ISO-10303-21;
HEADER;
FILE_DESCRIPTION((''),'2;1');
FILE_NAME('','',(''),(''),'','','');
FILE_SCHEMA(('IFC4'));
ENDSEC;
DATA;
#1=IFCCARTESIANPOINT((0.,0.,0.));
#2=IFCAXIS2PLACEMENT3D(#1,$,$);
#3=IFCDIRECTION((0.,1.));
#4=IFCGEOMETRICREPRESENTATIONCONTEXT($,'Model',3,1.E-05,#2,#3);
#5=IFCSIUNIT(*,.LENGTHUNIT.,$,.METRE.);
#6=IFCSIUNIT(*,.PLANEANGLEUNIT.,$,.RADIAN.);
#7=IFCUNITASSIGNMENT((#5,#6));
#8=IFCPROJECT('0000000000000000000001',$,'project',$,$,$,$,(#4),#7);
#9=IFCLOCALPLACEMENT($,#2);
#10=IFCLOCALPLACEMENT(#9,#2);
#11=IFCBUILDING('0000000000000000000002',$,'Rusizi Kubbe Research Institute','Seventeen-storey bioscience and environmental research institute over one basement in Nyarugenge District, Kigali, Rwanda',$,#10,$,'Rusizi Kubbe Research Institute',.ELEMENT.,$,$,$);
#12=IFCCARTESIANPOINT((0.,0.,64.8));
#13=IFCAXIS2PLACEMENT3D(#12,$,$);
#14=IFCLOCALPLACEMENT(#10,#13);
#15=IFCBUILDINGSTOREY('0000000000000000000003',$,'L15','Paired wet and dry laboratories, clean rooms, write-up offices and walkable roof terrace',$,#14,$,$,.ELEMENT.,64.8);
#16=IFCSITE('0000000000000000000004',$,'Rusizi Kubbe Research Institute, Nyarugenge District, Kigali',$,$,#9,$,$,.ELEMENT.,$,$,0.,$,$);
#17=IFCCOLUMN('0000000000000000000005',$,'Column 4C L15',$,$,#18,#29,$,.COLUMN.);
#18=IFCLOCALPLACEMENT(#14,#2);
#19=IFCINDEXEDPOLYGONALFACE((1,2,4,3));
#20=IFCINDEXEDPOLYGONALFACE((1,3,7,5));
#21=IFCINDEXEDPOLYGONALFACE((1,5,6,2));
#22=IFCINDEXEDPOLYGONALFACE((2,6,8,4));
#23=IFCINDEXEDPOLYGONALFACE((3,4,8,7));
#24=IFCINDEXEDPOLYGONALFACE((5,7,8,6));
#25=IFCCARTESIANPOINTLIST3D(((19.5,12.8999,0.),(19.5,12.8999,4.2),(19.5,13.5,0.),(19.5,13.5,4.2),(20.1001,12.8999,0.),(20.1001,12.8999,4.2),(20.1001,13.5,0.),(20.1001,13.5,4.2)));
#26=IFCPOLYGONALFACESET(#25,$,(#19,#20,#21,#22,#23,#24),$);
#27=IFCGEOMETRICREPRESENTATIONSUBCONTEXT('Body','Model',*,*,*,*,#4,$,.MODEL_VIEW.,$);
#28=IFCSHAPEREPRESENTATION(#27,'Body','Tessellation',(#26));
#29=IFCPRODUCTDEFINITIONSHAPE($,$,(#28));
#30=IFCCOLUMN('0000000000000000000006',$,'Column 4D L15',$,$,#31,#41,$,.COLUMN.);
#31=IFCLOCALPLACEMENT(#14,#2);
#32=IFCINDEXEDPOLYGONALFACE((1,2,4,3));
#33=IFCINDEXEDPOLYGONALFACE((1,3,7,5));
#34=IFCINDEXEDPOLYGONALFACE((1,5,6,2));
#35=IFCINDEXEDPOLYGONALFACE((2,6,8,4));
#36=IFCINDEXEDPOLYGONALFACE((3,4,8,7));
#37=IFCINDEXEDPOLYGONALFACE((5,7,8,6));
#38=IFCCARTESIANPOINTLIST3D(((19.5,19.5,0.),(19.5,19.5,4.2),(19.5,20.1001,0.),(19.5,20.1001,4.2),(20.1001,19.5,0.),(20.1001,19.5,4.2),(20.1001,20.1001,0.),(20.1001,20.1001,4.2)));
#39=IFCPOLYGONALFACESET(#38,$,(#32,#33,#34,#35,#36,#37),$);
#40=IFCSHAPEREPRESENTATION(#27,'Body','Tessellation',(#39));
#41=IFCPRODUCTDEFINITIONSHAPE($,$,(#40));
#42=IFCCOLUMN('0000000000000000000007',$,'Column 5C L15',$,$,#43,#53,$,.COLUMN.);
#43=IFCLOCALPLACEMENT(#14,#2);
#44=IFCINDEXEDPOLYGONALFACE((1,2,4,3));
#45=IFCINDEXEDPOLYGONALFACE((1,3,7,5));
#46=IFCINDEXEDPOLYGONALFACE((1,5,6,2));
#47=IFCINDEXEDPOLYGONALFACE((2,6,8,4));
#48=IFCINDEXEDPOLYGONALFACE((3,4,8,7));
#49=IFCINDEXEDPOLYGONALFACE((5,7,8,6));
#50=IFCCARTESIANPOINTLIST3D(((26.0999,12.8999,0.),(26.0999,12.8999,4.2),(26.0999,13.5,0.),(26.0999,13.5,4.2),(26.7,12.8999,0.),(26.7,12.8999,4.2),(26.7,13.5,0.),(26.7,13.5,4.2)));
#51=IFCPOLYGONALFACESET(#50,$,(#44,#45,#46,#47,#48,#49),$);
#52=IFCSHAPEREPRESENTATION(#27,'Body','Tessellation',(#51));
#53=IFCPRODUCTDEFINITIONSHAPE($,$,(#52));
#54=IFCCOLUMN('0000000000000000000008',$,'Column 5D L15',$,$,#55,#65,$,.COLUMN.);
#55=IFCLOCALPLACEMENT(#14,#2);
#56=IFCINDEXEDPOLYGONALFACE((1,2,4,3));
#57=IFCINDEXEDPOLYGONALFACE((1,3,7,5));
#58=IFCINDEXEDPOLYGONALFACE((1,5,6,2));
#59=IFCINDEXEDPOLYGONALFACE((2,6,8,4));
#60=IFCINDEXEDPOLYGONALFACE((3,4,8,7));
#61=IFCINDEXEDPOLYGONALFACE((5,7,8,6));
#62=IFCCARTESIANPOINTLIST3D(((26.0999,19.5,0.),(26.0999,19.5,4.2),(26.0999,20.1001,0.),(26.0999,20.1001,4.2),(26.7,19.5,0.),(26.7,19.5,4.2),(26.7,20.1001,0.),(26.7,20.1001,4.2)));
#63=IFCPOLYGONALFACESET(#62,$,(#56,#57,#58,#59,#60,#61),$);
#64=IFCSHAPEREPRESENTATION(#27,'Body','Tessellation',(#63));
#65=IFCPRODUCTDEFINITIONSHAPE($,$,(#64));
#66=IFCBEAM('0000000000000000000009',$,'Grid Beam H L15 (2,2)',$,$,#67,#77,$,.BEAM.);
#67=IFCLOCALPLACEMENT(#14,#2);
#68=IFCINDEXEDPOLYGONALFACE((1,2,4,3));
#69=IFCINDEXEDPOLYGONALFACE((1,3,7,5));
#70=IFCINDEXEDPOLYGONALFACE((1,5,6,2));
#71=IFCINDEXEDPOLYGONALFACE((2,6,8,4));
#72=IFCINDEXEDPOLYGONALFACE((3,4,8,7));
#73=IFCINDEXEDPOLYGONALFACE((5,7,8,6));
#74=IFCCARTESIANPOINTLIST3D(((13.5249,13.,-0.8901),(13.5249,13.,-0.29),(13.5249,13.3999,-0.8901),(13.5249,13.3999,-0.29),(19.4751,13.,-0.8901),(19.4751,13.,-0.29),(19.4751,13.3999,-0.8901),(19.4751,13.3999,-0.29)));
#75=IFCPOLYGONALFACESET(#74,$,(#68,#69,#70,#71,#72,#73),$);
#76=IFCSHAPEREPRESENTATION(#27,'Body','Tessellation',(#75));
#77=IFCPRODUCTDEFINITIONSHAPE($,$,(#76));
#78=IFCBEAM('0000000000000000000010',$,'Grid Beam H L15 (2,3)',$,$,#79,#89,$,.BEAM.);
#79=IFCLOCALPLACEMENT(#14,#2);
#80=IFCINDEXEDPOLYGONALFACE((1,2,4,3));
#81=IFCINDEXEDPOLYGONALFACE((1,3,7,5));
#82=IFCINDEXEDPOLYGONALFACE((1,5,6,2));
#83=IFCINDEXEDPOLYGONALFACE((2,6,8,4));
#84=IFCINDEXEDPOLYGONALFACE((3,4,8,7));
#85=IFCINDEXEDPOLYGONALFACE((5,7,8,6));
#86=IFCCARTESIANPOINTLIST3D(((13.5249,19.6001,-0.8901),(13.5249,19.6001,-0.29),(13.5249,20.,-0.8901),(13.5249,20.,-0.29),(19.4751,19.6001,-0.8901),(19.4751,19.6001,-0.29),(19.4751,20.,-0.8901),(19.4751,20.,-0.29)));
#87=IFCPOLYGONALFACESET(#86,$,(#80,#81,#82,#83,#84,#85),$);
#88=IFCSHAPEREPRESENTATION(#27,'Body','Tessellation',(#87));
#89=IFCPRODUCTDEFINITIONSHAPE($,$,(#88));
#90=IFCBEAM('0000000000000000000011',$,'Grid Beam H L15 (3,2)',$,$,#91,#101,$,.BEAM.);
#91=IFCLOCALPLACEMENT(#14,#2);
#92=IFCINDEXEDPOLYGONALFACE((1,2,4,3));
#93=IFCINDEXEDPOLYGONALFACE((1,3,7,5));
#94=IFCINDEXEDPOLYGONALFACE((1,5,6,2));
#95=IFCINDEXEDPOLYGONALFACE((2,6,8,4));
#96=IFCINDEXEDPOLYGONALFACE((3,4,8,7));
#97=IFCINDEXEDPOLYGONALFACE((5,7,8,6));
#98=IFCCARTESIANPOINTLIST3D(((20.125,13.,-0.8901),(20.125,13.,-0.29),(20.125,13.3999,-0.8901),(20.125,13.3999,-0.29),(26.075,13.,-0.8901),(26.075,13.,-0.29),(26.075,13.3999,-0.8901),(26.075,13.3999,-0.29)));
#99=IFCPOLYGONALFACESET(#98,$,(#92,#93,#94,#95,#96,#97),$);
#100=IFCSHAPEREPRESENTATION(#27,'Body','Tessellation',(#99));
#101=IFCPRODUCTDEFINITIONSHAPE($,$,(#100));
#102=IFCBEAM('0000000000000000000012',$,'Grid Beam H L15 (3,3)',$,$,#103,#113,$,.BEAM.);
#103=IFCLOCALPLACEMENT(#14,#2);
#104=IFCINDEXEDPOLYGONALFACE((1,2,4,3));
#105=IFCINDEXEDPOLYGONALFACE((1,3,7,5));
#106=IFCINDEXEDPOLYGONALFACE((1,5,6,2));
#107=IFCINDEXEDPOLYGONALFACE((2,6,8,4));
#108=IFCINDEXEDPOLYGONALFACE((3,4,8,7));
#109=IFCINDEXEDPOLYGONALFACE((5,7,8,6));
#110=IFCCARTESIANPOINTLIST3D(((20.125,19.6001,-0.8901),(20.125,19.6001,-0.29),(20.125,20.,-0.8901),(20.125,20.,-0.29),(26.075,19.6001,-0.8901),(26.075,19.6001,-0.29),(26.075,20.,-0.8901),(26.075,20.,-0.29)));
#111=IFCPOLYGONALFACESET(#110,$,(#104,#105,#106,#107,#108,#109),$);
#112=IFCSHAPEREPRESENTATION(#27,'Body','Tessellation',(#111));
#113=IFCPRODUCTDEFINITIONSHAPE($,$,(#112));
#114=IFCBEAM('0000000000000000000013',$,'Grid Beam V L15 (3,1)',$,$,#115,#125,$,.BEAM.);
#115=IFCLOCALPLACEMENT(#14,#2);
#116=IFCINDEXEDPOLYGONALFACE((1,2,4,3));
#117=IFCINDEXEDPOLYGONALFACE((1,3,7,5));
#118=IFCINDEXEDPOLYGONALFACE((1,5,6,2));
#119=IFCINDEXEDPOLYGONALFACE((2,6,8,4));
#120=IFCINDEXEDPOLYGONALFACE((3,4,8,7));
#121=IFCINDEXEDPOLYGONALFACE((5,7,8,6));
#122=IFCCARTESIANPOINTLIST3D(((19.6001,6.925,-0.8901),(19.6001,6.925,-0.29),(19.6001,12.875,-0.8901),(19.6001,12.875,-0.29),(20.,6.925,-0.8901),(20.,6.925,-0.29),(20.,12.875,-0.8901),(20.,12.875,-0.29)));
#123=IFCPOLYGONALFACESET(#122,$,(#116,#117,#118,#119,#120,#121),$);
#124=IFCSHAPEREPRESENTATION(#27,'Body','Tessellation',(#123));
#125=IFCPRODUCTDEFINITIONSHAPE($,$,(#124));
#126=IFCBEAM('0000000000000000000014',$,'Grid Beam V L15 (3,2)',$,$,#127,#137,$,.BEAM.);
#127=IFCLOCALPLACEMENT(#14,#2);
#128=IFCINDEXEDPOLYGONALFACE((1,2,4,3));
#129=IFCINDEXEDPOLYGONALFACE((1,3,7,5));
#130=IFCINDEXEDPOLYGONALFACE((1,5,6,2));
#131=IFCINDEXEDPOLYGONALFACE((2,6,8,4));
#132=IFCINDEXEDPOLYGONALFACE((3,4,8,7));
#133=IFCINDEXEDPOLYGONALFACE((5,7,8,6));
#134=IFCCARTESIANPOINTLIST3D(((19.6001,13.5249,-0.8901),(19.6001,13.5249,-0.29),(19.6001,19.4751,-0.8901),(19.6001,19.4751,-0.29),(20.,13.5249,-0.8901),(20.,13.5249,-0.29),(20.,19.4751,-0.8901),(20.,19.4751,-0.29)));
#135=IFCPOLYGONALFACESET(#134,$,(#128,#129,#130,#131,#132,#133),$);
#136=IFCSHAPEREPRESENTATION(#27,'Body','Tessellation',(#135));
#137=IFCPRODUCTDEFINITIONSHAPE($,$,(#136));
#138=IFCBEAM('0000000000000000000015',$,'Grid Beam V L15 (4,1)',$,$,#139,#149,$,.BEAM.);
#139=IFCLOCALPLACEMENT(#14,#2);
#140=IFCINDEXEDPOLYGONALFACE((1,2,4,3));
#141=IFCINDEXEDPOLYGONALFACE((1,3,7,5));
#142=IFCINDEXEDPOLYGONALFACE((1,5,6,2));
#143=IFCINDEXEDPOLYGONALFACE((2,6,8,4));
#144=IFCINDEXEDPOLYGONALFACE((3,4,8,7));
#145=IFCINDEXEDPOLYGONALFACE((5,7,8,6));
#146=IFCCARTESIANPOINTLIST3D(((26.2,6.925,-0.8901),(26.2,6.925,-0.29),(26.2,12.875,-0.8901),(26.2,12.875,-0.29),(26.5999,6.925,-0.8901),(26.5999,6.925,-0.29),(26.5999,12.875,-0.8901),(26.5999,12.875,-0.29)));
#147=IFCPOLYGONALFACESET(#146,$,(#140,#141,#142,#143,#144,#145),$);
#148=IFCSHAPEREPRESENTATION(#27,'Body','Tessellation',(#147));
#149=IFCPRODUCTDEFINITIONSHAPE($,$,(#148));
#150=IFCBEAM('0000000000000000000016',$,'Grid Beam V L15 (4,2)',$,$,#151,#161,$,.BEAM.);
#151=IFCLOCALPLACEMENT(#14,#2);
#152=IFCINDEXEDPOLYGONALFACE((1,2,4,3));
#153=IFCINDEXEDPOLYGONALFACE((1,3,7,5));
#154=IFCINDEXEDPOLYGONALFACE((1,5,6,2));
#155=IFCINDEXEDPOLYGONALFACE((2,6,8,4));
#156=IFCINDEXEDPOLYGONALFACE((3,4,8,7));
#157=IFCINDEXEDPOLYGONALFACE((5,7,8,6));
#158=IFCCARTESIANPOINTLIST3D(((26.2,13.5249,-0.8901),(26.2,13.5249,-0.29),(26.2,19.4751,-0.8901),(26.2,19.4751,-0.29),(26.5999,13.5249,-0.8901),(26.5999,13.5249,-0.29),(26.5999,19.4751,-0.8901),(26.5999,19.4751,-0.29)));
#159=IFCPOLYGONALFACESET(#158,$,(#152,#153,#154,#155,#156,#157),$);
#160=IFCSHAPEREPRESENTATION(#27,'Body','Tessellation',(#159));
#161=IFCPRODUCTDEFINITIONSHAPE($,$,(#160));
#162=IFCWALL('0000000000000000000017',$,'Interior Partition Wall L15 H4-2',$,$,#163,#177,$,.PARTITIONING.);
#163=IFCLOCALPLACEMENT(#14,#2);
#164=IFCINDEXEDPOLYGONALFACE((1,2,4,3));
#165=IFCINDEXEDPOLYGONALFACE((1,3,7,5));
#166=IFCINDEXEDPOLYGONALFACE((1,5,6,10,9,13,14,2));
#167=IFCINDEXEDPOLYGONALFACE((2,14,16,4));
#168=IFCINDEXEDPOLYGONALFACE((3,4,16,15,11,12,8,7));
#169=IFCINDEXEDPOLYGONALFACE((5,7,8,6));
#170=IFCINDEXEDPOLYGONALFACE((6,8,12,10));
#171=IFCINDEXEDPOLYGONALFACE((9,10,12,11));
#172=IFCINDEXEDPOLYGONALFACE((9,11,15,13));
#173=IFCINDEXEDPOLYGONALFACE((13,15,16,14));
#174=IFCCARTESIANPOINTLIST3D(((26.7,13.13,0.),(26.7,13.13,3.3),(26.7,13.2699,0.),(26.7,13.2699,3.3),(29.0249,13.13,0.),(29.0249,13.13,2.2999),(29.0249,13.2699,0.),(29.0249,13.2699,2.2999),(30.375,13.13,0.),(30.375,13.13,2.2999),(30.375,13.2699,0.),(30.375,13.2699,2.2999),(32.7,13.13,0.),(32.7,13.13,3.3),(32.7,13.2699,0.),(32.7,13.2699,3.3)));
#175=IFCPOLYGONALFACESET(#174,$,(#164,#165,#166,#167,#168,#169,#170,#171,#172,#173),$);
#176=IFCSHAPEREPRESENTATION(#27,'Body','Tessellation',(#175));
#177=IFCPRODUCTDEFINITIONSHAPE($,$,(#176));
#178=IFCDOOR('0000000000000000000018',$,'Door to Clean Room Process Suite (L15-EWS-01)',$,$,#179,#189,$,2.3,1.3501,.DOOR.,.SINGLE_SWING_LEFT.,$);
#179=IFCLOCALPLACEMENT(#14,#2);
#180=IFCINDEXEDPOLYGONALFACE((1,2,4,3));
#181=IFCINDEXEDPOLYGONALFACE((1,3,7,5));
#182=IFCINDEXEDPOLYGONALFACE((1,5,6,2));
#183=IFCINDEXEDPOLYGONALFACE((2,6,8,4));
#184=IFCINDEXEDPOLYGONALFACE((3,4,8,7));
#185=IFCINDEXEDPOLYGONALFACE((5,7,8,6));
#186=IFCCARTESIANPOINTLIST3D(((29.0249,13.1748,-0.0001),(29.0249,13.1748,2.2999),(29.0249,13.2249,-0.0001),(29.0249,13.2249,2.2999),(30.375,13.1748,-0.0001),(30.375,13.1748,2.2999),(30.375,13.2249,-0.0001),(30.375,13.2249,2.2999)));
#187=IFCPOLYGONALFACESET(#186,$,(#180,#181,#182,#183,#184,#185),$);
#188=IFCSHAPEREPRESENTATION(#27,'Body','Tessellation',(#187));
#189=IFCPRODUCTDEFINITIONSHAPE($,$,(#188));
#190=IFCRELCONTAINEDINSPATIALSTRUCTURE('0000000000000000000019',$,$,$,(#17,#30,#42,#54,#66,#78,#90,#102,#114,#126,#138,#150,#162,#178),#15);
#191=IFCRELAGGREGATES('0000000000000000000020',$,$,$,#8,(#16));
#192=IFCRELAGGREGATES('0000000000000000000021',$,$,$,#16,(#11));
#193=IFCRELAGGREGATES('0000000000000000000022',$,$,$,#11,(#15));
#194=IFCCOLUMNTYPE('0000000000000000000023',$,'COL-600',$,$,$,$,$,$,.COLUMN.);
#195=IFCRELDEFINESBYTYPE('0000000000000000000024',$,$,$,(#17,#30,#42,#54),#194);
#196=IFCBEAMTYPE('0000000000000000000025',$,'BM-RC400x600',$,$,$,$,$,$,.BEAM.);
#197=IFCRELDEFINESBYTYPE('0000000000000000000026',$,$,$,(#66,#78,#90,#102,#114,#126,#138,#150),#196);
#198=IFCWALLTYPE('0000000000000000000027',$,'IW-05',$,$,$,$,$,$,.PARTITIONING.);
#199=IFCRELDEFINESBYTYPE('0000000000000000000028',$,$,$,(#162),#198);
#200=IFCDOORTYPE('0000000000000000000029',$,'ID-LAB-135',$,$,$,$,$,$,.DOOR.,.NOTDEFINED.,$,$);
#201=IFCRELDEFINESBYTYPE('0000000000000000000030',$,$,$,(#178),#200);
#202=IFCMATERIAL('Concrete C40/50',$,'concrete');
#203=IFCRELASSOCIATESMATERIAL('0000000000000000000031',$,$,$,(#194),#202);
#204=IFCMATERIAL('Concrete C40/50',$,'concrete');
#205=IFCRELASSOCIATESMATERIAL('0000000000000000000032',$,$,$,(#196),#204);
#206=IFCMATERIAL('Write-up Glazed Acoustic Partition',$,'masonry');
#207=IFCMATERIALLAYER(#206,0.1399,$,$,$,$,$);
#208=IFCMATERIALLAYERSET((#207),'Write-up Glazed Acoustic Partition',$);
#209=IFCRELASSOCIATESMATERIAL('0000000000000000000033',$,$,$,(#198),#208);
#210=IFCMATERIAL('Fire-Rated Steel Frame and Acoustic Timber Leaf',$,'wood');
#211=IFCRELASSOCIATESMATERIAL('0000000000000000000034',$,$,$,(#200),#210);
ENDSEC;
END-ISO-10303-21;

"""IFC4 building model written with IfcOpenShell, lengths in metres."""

from ifc_helpers import new_model, si_unit, direction, frame, frame_2d, origin, origin_2d, place, context, subcontext, project, spatial, rectangle, extrude, material, layer, layer_set, material_profile, profile_set, type_object, element, fill, save


model = new_model("IFC4")

# Units and contexts
model_context = context("Model", 3, precision=1e-05, world=origin(), true_north=direction((0.0, 1.0)))
body_context = subcontext(model_context, "Body", "Model", "MODEL_VIEW")
ifc_project = project(units=[si_unit("LENGTHUNIT", "METRE"), si_unit("PLANEANGLEUNIT", "RADIAN")], contexts=[model_context])

# Site, building, storey
site_placement = place(None, origin())
site = spatial("IfcSite", under=ifc_project, at=site_placement, Name="Rusizi Kubbe Research Institute, Nyarugenge District, Kigali", CompositionType="ELEMENT", RefElevation=0.0)
building_placement = place(site_placement, origin())
building = spatial("IfcBuilding", under=site, at=building_placement, Name="Rusizi Kubbe Research Institute", Description="Seventeen-storey bioscience and environmental research institute over one basement in Nyarugenge District, Kigali, Rwanda", LongName="Rusizi Kubbe Research Institute", CompositionType="ELEMENT")
storey_placement = place(building_placement, frame((0.0, 0.0, 64.8)))
storey = spatial("IfcBuildingStorey", under=building, at=storey_placement, Name="L15", Description="Paired wet and dry laboratories, clean rooms, write-up offices and walkable roof terrace", CompositionType="ELEMENT", Elevation=64.8)

# Columns
ifc_material_1 = material(Name="Concrete C40/50", Category="concrete")
ifc_material_profile_1 = material_profile(ifc_material_1, rectangle(XDim=0.6001, YDim=0.6001, at=origin_2d()), Name="RC600x600")
ifc_profile_set_1 = profile_set([ifc_material_profile_1], Name="Concrete C40/50")
column_type = type_object("IfcColumnType", Name="COL-600", PredefinedType="COLUMN", material=ifc_profile_set_1)
for number, where, z_axis, x_axis, name in (
    (1, (19.8, 13.2, 0.0), (0.0, 0.0, 1.0), (1.0, 0.0, 0.0), "Column 4C L15"),
    (2, (19.8, 19.8, 0.0), (0.0, 0.0, 1.0), (1.0, 0.0, 0.0), "Column 4D L15"),
    (3, (26.3999, 13.2, 0.0), (0.0, 0.0, 1.0), (1.0, 0.0, 0.0), "Column 5C L15"),
    (4, (26.3999, 19.8, 0.0), (0.0, 0.0, 1.0), (1.0, 0.0, 0.0), "Column 5D L15"),
):
    element("IfcColumn", number, at=place(storey_placement, frame(where, z_axis=z_axis, x_axis=x_axis)), inside=storey, type_object=column_type, Name=name, PredefinedType="COLUMN", context=body_context, shape_type="SweptSolid", body=[
        extrude(rectangle(XDim=0.6001, YDim=0.6001, at=origin_2d()), origin(), (0.0, 0.0, 1.0), 4.2),
    ])

# Beams
ifc_material_2 = material(Name="Concrete C40/50", Category="concrete")
ifc_material_profile_2 = material_profile(ifc_material_2, rectangle(XDim=0.3999, YDim=0.6001, at=origin_2d()), Name="RC400x600")
ifc_profile_set_2 = profile_set([ifc_material_profile_2], Name="Concrete C40/50")
beam_type = type_object("IfcBeamType", Name="BM-RC400x600", PredefinedType="BEAM", material=ifc_profile_set_2)
for number, where, z_axis, x_axis, name in (
    (5, (13.5249, 13.2, -0.5901), (1.0, 0.0, 0.0), (0.0, 1.0, 0.0), "Grid Beam H L15 (2,2)"),
    (6, (13.5249, 19.8, -0.5901), (1.0, 0.0, 0.0), (0.0, 1.0, 0.0), "Grid Beam H L15 (2,3)"),
):
    element("IfcBeam", number, at=place(storey_placement, frame(where, z_axis=z_axis, x_axis=x_axis)), inside=storey, type_object=beam_type, Name=name, PredefinedType="BEAM", context=body_context, shape_type="SweptSolid", body=[
        extrude(rectangle(XDim=0.3999, YDim=0.6001, at=origin_2d()), origin(), (0.0, 0.0, 1.0), 5.9502),
    ])
for number, where, z_axis, x_axis, name in (
    (7, (20.125, 13.2, -0.5901), (1.0, 0.0, 0.0), (0.0, 1.0, 0.0), "Grid Beam H L15 (3,2)"),
    (8, (20.125, 19.8, -0.5901), (1.0, 0.0, 0.0), (0.0, 1.0, 0.0), "Grid Beam H L15 (3,3)"),
    (9, (19.8, 6.925, -0.5901), (0.0, 1.0, 0.0), (-1.0, 0.0, 0.0), "Grid Beam V L15 (3,1)"),
):
    element("IfcBeam", number, at=place(storey_placement, frame(where, z_axis=z_axis, x_axis=x_axis)), inside=storey, type_object=beam_type, Name=name, PredefinedType="BEAM", context=body_context, shape_type="SweptSolid", body=[
        extrude(rectangle(XDim=0.3999, YDim=0.6001, at=origin_2d()), origin(), (0.0, 0.0, 1.0), 5.95),
    ])
beam_1_placement = place(storey_placement, frame((19.8, 13.5249, -0.5901), z_axis=(0.0, 1.0, 0.0), x_axis=(-1.0, 0.0, 0.0)))
element("IfcBeam", 10, at=beam_1_placement, inside=storey, type_object=beam_type, Name="Grid Beam V L15 (3,2)", PredefinedType="BEAM", context=body_context, shape_type="SweptSolid", body=[
    extrude(rectangle(XDim=0.3999, YDim=0.6001, at=origin_2d()), origin(), (0.0, 0.0, 1.0), 5.9502),
])
beam_2_placement = place(storey_placement, frame((26.3999, 6.925, -0.5901), z_axis=(0.0, 1.0, 0.0), x_axis=(-1.0, 0.0, 0.0)))
element("IfcBeam", 11, at=beam_2_placement, inside=storey, type_object=beam_type, Name="Grid Beam V L15 (4,1)", PredefinedType="BEAM", context=body_context, shape_type="SweptSolid", body=[
    extrude(rectangle(XDim=0.3999, YDim=0.6001, at=origin_2d()), origin(), (0.0, 0.0, 1.0), 5.95),
])
beam_3_placement = place(storey_placement, frame((26.3999, 13.5249, -0.5901), z_axis=(0.0, 1.0, 0.0), x_axis=(-1.0, 0.0, 0.0)))
element("IfcBeam", 12, at=beam_3_placement, inside=storey, type_object=beam_type, Name="Grid Beam V L15 (4,2)", PredefinedType="BEAM", context=body_context, shape_type="SweptSolid", body=[
    extrude(rectangle(XDim=0.3999, YDim=0.6001, at=origin_2d()), origin(), (0.0, 0.0, 1.0), 5.9502),
])

# Wall, opening, door
ifc_material_3 = material(Name="Write-up Glazed Acoustic Partition", Category="masonry")
ifc_layer_1 = layer(ifc_material_3, 0.1399)
ifc_layer_set_1 = layer_set([ifc_layer_1], Name="Write-up Glazed Acoustic Partition")
wall_type_1 = type_object("IfcWallType", Name="IW-05", PredefinedType="PARTITIONING", material=ifc_layer_set_1)
wall_1_placement = place(storey_placement, frame((26.7, 13.2, 0.0), z_axis=(0.0, 0.0, 1.0), x_axis=(1.0, 0.0, 0.0)))
wall_1 = element("IfcWall", 13, at=wall_1_placement, inside=storey, type_object=wall_type_1, Name="Interior Partition Wall L15 H4-2", PredefinedType="PARTITIONING", context=body_context, shape_type="SweptSolid", body=[
    extrude(rectangle(XDim=6.0, YDim=0.1399, at=frame_2d((3.0, 0.0))), origin(), (0.0, 0.0, 1.0), 3.3),
])
opening_1_placement = place(wall_1_placement, frame((2.325, 0.0, 0.0)))
opening_1 = element("IfcOpeningElement", 14, at=opening_1_placement, cuts=wall_1, PredefinedType="OPENING", context=body_context, shape_type="SweptSolid", body=[
    extrude(rectangle(XDim=1.3501, YDim=2.3, at=frame_2d((0.675, 1.1499))), frame((0.0, 0.0798, 0.0), z_axis=(0.0, -1.0, 0.0), x_axis=(1.0, 0.0, 0.0)), (0.0, 0.0, 1.0), 0.1599),
])
ifc_material_4 = material(Name="Fire-Rated Steel Frame and Acoustic Timber Leaf", Category="wood")
door_type_1 = type_object("IfcDoorType", Name="ID-LAB-135", OperationType="NOTDEFINED", PredefinedType="DOOR", material=ifc_material_4)
door_1_placement = place(opening_1_placement, origin())
door_1 = element("IfcDoor", 15, at=door_1_placement, inside=storey, type_object=door_type_1, Name="Door to Clean Room Process Suite (L15-EWS-01)", OperationType="SINGLE_SWING_LEFT", OverallHeight=2.3, OverallWidth=1.3501, PredefinedType="DOOR", context=body_context, shape_type="SweptSolid", body=[
    extrude(rectangle(XDim=1.3501, YDim=2.3, at=frame_2d((0.675, 1.1499))), frame((0.0, 0.0249, 0.0), z_axis=(0.0, -1.0, 0.0), x_axis=(1.0, 0.0, 0.0)), (0.0, 0.0, 1.0), 0.05),
])
fill(opening_1, door_1)

save(model, "model.ifc")
